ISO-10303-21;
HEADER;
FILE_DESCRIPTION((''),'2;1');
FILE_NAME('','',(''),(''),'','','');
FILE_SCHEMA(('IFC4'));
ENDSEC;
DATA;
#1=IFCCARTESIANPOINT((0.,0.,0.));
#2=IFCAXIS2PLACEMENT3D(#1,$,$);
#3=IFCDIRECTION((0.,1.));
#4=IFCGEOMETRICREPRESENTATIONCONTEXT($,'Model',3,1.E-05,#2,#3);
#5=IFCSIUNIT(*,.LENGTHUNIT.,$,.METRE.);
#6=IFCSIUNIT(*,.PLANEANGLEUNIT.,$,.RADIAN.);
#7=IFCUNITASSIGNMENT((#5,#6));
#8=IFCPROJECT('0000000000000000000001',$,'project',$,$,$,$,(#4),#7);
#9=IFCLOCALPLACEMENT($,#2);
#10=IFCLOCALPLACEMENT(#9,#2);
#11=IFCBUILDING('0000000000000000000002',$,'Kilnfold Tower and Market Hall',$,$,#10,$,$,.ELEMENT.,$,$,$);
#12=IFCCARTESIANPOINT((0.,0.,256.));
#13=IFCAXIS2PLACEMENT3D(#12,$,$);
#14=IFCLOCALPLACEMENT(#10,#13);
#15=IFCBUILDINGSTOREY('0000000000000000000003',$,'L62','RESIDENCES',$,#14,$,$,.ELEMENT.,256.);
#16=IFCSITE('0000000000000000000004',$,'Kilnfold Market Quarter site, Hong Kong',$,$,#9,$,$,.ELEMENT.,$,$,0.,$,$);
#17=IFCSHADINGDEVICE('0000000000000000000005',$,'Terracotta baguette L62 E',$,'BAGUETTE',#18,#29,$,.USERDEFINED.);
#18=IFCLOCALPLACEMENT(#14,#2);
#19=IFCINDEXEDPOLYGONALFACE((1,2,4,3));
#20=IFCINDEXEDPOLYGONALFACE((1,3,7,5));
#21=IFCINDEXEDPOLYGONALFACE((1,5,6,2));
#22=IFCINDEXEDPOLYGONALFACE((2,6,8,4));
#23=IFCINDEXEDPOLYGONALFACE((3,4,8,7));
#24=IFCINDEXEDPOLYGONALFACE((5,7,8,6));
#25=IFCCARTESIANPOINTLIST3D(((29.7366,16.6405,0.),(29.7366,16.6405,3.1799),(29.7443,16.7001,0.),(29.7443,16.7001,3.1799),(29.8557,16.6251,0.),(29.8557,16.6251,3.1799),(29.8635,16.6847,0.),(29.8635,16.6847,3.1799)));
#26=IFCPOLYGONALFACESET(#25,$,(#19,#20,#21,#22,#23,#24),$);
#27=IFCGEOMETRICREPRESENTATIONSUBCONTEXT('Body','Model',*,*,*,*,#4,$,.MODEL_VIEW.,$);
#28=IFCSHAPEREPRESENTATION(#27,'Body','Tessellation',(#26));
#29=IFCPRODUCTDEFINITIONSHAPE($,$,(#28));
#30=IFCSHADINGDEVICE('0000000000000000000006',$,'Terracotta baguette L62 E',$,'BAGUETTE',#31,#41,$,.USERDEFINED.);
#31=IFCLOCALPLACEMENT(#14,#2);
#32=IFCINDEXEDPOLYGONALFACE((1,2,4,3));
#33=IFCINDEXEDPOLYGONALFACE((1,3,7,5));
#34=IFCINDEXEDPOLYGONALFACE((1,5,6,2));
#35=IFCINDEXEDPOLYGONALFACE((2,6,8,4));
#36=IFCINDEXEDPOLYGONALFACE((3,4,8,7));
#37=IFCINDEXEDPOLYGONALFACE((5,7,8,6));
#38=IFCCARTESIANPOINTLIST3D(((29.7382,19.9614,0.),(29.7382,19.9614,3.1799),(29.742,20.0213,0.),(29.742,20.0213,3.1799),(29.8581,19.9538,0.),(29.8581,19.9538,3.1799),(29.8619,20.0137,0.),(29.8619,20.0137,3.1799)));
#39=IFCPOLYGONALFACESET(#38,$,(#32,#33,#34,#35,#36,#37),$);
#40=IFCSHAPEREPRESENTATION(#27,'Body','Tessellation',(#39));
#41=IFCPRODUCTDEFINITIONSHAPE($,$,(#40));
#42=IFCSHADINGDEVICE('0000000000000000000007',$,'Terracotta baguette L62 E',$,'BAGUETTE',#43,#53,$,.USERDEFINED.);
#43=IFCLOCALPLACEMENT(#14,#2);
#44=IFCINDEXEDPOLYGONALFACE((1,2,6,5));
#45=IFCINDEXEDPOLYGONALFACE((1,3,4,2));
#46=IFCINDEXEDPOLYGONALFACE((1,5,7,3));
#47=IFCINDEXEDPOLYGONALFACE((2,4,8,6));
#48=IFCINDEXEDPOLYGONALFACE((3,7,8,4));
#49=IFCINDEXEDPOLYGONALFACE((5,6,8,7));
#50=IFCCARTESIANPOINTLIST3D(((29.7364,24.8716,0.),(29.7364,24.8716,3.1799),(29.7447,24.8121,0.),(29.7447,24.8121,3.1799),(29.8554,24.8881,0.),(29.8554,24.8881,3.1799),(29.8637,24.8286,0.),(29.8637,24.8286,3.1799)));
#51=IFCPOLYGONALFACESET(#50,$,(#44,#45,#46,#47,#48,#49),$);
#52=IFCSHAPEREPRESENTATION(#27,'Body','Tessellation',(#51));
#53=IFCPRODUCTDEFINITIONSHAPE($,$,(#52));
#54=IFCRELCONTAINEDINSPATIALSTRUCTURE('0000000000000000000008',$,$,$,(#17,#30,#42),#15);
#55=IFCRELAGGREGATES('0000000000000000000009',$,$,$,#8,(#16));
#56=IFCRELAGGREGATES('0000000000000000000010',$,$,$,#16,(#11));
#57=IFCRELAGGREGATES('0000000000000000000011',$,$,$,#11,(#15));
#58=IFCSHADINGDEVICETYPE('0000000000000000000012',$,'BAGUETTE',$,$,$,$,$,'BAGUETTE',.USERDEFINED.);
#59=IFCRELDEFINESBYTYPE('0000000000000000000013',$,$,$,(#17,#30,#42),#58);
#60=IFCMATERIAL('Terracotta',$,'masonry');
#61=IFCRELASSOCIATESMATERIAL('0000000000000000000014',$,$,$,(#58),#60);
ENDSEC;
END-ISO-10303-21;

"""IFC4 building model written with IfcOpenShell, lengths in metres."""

from ifc_helpers import new_model, si_unit, direction, frame, origin, origin_2d, place, context, subcontext, project, spatial, rectangle, extrude, source, transform, mapped, material, material_profile, profile_set, type_object, element, save


model = new_model("IFC4")

# Units and contexts
model_context = context("Model", 3, precision=1e-05, world=origin(), true_north=direction((0.0, 1.0)))
body_context = subcontext(model_context, "Body", "Model", "MODEL_VIEW")
ifc_project = project(units=[si_unit("LENGTHUNIT", "METRE"), si_unit("PLANEANGLEUNIT", "RADIAN")], contexts=[model_context])

# Site, building, storey
site_placement = place(None, origin())
site = spatial("IfcSite", under=ifc_project, at=site_placement, Name="Kilnfold Market Quarter site, Hong Kong", CompositionType="ELEMENT", RefElevation=0.0)
building_placement = place(site_placement, origin())
building = spatial("IfcBuilding", under=site, at=building_placement, Name="Kilnfold Tower and Market Hall", CompositionType="ELEMENT")
storey_placement = place(building_placement, frame((0.0, 0.0, 256.0)))
storey = spatial("IfcBuildingStorey", under=building, at=storey_placement, Name="L62", Description="RESIDENCES", CompositionType="ELEMENT", Elevation=256.0)

# Shading devices
ifc_material_1 = material(Name="Terracotta", Category="masonry")
ifc_material_profile_1 = material_profile(ifc_material_1, rectangle(XDim=0.0601, YDim=0.1201, at=origin_2d()), Name="BAG 60x120")
ifc_profile_set_1 = profile_set([ifc_material_profile_1], Name="Terracotta")
shading_device_type = type_object("IfcShadingDeviceType", Name="BAGUETTE", ElementType="BAGUETTE", PredefinedType="USERDEFINED", material=ifc_profile_set_1)
shared_shape_1 = source(origin(), body_context, "Body", "SweptSolid", [
    extrude(rectangle(XDim=0.0601, YDim=0.1201, at=origin_2d()), origin(), (0.0, 0.0, 1.0), 3.1799),
])
for number, where, z_axis, x_axis, name in (
    (1, (29.8, 16.6626, 0.0), (0.0, 0.0, 1.0), (0.128527, 0.991706, 0.0), "Terracotta baguette L62 E"),
    (2, (29.8, 19.9875, 0.0), (0.0, 0.0, 1.0), (0.063611, 0.997975, 0.0), "Terracotta baguette L62 E"),
    (3, (29.8, 24.8501, 0.0), (0.0, 0.0, 1.0), (-0.137856, 0.990452, 0.0), "Terracotta baguette L62 E"),
):
    element("IfcShadingDevice", number, at=place(storey_placement, frame(where, z_axis=z_axis, x_axis=x_axis)), inside=storey, type_object=shading_device_type, Name=name, ObjectType="BAGUETTE", PredefinedType="USERDEFINED", context=body_context, shape_type="MappedRepresentation", body=[
        mapped(shared_shape_1, transform((0.0, 0.0, 0.0))),
    ])

save(model, "model.ifc")
